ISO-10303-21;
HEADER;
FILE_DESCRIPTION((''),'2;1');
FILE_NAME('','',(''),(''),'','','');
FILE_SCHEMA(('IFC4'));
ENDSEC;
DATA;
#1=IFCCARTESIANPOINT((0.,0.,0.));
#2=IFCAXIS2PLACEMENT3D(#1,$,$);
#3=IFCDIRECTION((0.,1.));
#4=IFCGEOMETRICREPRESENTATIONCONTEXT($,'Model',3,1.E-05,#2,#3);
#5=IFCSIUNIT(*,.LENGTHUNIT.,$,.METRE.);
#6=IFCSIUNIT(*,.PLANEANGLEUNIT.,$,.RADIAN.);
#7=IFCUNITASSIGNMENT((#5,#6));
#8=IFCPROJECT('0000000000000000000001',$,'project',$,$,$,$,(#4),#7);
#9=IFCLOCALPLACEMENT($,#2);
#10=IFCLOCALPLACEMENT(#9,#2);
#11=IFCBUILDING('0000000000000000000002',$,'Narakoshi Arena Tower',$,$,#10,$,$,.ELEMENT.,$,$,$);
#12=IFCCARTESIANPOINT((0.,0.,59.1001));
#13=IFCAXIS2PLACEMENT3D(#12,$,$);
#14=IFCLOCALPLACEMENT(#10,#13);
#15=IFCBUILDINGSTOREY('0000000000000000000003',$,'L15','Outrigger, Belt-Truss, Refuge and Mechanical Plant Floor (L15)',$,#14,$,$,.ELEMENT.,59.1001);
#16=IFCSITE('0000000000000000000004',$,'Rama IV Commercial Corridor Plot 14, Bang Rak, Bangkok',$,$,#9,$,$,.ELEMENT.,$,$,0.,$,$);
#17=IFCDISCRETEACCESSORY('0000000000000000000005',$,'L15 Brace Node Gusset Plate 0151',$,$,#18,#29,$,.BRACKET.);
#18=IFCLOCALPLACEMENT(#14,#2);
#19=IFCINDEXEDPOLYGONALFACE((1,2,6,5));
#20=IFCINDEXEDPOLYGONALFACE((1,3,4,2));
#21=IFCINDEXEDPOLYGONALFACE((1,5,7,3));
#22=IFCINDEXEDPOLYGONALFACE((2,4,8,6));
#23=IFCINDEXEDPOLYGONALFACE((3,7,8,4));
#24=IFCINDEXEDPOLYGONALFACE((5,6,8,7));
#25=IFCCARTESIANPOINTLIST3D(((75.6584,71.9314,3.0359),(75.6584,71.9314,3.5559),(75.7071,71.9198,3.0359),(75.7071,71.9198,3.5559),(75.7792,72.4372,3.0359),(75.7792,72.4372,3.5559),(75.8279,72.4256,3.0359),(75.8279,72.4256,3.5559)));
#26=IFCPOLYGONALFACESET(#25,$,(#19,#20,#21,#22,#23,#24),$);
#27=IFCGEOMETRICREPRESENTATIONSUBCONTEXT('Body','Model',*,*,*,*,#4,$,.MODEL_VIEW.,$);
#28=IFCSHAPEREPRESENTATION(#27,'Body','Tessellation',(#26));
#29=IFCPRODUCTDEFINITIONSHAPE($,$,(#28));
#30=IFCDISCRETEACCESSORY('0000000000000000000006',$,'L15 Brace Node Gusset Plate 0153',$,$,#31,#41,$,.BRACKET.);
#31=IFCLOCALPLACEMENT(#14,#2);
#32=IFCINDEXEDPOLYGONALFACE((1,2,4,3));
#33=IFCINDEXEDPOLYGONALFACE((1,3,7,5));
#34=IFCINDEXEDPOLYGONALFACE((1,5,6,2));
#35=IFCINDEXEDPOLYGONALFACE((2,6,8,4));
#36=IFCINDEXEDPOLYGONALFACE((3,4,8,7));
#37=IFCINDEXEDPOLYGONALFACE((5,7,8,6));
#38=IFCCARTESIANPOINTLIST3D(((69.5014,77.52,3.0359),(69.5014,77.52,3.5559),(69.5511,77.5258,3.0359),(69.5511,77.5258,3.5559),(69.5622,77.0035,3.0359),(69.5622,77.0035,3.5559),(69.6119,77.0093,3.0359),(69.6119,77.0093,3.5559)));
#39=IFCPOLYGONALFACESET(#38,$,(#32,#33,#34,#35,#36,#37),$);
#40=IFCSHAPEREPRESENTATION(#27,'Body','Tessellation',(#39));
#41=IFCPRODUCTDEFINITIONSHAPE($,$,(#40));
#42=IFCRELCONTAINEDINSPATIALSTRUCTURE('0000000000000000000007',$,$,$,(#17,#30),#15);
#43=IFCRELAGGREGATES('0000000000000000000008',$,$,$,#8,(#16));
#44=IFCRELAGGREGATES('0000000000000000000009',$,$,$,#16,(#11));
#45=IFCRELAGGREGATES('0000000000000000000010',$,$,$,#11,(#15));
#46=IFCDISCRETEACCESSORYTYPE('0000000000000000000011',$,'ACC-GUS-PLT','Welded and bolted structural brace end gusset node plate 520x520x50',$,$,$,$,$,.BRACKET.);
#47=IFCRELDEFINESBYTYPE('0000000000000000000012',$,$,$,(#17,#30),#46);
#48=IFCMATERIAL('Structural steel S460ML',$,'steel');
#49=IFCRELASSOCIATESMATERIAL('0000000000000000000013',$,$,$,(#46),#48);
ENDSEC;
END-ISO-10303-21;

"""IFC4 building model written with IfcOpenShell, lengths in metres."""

from ifc_helpers import new_model, si_unit, direction, frame, origin, origin_2d, place, context, subcontext, project, spatial, rectangle, extrude, material, type_object, element, save


model = new_model("IFC4")

# Units and contexts
model_context = context("Model", 3, precision=1e-05, world=origin(), true_north=direction((0.0, 1.0)))
body_context = subcontext(model_context, "Body", "Model", "MODEL_VIEW")
ifc_project = project(units=[si_unit("LENGTHUNIT", "METRE"), si_unit("PLANEANGLEUNIT", "RADIAN")], contexts=[model_context])

# Site, building, storey
site_placement = place(None, origin())
site = spatial("IfcSite", under=ifc_project, at=site_placement, Name="Rama IV Commercial Corridor Plot 14, Bang Rak, Bangkok", CompositionType="ELEMENT", RefElevation=0.0)
building_placement = place(site_placement, origin())
building = spatial("IfcBuilding", under=site, at=building_placement, Name="Narakoshi Arena Tower", CompositionType="ELEMENT")
storey_placement = place(building_placement, frame((0.0, 0.0, 59.1001)))
storey = spatial("IfcBuildingStorey", under=building, at=storey_placement, Name="L15", Description="Outrigger, Belt-Truss, Refuge and Mechanical Plant Floor (L15)", CompositionType="ELEMENT", Elevation=59.1001)

# Shared definitions
ifc_material_1 = material(Name="Structural steel S460ML", Category="steel")

# Discrete accessories
discrete_accessory_type = type_object("IfcDiscreteAccessoryType", Name="ACC-GUS-PLT", Description="Welded and bolted structural brace end gusset node plate 520x520x50", PredefinedType="BRACKET", material=ifc_material_1)
for number, where, z_axis, x_axis, name in (
    (1, (75.7432, 72.1785, 3.0359), (0.0, 0.0, 1.0), (0.232257, 0.972654, 0.0), "L15 Brace Node Gusset Plate 0151"),
    (2, (69.5566, 77.2646, 3.0359), (0.0, 0.0, 1.0), (-0.116844, 0.99315, 0.0), "L15 Brace Node Gusset Plate 0153"),
):
    element("IfcDiscreteAccessory", number, at=place(storey_placement, frame(where, z_axis=z_axis, x_axis=x_axis)), inside=storey, type_object=discrete_accessory_type, Name=name, PredefinedType="BRACKET", context=body_context, shape_type="SweptSolid", body=[
        extrude(rectangle(XDim=0.52, YDim=0.05, at=origin_2d()), origin(), (0.0, 0.0, 1.0), 0.52),
    ])

save(model, "model.ifc")
